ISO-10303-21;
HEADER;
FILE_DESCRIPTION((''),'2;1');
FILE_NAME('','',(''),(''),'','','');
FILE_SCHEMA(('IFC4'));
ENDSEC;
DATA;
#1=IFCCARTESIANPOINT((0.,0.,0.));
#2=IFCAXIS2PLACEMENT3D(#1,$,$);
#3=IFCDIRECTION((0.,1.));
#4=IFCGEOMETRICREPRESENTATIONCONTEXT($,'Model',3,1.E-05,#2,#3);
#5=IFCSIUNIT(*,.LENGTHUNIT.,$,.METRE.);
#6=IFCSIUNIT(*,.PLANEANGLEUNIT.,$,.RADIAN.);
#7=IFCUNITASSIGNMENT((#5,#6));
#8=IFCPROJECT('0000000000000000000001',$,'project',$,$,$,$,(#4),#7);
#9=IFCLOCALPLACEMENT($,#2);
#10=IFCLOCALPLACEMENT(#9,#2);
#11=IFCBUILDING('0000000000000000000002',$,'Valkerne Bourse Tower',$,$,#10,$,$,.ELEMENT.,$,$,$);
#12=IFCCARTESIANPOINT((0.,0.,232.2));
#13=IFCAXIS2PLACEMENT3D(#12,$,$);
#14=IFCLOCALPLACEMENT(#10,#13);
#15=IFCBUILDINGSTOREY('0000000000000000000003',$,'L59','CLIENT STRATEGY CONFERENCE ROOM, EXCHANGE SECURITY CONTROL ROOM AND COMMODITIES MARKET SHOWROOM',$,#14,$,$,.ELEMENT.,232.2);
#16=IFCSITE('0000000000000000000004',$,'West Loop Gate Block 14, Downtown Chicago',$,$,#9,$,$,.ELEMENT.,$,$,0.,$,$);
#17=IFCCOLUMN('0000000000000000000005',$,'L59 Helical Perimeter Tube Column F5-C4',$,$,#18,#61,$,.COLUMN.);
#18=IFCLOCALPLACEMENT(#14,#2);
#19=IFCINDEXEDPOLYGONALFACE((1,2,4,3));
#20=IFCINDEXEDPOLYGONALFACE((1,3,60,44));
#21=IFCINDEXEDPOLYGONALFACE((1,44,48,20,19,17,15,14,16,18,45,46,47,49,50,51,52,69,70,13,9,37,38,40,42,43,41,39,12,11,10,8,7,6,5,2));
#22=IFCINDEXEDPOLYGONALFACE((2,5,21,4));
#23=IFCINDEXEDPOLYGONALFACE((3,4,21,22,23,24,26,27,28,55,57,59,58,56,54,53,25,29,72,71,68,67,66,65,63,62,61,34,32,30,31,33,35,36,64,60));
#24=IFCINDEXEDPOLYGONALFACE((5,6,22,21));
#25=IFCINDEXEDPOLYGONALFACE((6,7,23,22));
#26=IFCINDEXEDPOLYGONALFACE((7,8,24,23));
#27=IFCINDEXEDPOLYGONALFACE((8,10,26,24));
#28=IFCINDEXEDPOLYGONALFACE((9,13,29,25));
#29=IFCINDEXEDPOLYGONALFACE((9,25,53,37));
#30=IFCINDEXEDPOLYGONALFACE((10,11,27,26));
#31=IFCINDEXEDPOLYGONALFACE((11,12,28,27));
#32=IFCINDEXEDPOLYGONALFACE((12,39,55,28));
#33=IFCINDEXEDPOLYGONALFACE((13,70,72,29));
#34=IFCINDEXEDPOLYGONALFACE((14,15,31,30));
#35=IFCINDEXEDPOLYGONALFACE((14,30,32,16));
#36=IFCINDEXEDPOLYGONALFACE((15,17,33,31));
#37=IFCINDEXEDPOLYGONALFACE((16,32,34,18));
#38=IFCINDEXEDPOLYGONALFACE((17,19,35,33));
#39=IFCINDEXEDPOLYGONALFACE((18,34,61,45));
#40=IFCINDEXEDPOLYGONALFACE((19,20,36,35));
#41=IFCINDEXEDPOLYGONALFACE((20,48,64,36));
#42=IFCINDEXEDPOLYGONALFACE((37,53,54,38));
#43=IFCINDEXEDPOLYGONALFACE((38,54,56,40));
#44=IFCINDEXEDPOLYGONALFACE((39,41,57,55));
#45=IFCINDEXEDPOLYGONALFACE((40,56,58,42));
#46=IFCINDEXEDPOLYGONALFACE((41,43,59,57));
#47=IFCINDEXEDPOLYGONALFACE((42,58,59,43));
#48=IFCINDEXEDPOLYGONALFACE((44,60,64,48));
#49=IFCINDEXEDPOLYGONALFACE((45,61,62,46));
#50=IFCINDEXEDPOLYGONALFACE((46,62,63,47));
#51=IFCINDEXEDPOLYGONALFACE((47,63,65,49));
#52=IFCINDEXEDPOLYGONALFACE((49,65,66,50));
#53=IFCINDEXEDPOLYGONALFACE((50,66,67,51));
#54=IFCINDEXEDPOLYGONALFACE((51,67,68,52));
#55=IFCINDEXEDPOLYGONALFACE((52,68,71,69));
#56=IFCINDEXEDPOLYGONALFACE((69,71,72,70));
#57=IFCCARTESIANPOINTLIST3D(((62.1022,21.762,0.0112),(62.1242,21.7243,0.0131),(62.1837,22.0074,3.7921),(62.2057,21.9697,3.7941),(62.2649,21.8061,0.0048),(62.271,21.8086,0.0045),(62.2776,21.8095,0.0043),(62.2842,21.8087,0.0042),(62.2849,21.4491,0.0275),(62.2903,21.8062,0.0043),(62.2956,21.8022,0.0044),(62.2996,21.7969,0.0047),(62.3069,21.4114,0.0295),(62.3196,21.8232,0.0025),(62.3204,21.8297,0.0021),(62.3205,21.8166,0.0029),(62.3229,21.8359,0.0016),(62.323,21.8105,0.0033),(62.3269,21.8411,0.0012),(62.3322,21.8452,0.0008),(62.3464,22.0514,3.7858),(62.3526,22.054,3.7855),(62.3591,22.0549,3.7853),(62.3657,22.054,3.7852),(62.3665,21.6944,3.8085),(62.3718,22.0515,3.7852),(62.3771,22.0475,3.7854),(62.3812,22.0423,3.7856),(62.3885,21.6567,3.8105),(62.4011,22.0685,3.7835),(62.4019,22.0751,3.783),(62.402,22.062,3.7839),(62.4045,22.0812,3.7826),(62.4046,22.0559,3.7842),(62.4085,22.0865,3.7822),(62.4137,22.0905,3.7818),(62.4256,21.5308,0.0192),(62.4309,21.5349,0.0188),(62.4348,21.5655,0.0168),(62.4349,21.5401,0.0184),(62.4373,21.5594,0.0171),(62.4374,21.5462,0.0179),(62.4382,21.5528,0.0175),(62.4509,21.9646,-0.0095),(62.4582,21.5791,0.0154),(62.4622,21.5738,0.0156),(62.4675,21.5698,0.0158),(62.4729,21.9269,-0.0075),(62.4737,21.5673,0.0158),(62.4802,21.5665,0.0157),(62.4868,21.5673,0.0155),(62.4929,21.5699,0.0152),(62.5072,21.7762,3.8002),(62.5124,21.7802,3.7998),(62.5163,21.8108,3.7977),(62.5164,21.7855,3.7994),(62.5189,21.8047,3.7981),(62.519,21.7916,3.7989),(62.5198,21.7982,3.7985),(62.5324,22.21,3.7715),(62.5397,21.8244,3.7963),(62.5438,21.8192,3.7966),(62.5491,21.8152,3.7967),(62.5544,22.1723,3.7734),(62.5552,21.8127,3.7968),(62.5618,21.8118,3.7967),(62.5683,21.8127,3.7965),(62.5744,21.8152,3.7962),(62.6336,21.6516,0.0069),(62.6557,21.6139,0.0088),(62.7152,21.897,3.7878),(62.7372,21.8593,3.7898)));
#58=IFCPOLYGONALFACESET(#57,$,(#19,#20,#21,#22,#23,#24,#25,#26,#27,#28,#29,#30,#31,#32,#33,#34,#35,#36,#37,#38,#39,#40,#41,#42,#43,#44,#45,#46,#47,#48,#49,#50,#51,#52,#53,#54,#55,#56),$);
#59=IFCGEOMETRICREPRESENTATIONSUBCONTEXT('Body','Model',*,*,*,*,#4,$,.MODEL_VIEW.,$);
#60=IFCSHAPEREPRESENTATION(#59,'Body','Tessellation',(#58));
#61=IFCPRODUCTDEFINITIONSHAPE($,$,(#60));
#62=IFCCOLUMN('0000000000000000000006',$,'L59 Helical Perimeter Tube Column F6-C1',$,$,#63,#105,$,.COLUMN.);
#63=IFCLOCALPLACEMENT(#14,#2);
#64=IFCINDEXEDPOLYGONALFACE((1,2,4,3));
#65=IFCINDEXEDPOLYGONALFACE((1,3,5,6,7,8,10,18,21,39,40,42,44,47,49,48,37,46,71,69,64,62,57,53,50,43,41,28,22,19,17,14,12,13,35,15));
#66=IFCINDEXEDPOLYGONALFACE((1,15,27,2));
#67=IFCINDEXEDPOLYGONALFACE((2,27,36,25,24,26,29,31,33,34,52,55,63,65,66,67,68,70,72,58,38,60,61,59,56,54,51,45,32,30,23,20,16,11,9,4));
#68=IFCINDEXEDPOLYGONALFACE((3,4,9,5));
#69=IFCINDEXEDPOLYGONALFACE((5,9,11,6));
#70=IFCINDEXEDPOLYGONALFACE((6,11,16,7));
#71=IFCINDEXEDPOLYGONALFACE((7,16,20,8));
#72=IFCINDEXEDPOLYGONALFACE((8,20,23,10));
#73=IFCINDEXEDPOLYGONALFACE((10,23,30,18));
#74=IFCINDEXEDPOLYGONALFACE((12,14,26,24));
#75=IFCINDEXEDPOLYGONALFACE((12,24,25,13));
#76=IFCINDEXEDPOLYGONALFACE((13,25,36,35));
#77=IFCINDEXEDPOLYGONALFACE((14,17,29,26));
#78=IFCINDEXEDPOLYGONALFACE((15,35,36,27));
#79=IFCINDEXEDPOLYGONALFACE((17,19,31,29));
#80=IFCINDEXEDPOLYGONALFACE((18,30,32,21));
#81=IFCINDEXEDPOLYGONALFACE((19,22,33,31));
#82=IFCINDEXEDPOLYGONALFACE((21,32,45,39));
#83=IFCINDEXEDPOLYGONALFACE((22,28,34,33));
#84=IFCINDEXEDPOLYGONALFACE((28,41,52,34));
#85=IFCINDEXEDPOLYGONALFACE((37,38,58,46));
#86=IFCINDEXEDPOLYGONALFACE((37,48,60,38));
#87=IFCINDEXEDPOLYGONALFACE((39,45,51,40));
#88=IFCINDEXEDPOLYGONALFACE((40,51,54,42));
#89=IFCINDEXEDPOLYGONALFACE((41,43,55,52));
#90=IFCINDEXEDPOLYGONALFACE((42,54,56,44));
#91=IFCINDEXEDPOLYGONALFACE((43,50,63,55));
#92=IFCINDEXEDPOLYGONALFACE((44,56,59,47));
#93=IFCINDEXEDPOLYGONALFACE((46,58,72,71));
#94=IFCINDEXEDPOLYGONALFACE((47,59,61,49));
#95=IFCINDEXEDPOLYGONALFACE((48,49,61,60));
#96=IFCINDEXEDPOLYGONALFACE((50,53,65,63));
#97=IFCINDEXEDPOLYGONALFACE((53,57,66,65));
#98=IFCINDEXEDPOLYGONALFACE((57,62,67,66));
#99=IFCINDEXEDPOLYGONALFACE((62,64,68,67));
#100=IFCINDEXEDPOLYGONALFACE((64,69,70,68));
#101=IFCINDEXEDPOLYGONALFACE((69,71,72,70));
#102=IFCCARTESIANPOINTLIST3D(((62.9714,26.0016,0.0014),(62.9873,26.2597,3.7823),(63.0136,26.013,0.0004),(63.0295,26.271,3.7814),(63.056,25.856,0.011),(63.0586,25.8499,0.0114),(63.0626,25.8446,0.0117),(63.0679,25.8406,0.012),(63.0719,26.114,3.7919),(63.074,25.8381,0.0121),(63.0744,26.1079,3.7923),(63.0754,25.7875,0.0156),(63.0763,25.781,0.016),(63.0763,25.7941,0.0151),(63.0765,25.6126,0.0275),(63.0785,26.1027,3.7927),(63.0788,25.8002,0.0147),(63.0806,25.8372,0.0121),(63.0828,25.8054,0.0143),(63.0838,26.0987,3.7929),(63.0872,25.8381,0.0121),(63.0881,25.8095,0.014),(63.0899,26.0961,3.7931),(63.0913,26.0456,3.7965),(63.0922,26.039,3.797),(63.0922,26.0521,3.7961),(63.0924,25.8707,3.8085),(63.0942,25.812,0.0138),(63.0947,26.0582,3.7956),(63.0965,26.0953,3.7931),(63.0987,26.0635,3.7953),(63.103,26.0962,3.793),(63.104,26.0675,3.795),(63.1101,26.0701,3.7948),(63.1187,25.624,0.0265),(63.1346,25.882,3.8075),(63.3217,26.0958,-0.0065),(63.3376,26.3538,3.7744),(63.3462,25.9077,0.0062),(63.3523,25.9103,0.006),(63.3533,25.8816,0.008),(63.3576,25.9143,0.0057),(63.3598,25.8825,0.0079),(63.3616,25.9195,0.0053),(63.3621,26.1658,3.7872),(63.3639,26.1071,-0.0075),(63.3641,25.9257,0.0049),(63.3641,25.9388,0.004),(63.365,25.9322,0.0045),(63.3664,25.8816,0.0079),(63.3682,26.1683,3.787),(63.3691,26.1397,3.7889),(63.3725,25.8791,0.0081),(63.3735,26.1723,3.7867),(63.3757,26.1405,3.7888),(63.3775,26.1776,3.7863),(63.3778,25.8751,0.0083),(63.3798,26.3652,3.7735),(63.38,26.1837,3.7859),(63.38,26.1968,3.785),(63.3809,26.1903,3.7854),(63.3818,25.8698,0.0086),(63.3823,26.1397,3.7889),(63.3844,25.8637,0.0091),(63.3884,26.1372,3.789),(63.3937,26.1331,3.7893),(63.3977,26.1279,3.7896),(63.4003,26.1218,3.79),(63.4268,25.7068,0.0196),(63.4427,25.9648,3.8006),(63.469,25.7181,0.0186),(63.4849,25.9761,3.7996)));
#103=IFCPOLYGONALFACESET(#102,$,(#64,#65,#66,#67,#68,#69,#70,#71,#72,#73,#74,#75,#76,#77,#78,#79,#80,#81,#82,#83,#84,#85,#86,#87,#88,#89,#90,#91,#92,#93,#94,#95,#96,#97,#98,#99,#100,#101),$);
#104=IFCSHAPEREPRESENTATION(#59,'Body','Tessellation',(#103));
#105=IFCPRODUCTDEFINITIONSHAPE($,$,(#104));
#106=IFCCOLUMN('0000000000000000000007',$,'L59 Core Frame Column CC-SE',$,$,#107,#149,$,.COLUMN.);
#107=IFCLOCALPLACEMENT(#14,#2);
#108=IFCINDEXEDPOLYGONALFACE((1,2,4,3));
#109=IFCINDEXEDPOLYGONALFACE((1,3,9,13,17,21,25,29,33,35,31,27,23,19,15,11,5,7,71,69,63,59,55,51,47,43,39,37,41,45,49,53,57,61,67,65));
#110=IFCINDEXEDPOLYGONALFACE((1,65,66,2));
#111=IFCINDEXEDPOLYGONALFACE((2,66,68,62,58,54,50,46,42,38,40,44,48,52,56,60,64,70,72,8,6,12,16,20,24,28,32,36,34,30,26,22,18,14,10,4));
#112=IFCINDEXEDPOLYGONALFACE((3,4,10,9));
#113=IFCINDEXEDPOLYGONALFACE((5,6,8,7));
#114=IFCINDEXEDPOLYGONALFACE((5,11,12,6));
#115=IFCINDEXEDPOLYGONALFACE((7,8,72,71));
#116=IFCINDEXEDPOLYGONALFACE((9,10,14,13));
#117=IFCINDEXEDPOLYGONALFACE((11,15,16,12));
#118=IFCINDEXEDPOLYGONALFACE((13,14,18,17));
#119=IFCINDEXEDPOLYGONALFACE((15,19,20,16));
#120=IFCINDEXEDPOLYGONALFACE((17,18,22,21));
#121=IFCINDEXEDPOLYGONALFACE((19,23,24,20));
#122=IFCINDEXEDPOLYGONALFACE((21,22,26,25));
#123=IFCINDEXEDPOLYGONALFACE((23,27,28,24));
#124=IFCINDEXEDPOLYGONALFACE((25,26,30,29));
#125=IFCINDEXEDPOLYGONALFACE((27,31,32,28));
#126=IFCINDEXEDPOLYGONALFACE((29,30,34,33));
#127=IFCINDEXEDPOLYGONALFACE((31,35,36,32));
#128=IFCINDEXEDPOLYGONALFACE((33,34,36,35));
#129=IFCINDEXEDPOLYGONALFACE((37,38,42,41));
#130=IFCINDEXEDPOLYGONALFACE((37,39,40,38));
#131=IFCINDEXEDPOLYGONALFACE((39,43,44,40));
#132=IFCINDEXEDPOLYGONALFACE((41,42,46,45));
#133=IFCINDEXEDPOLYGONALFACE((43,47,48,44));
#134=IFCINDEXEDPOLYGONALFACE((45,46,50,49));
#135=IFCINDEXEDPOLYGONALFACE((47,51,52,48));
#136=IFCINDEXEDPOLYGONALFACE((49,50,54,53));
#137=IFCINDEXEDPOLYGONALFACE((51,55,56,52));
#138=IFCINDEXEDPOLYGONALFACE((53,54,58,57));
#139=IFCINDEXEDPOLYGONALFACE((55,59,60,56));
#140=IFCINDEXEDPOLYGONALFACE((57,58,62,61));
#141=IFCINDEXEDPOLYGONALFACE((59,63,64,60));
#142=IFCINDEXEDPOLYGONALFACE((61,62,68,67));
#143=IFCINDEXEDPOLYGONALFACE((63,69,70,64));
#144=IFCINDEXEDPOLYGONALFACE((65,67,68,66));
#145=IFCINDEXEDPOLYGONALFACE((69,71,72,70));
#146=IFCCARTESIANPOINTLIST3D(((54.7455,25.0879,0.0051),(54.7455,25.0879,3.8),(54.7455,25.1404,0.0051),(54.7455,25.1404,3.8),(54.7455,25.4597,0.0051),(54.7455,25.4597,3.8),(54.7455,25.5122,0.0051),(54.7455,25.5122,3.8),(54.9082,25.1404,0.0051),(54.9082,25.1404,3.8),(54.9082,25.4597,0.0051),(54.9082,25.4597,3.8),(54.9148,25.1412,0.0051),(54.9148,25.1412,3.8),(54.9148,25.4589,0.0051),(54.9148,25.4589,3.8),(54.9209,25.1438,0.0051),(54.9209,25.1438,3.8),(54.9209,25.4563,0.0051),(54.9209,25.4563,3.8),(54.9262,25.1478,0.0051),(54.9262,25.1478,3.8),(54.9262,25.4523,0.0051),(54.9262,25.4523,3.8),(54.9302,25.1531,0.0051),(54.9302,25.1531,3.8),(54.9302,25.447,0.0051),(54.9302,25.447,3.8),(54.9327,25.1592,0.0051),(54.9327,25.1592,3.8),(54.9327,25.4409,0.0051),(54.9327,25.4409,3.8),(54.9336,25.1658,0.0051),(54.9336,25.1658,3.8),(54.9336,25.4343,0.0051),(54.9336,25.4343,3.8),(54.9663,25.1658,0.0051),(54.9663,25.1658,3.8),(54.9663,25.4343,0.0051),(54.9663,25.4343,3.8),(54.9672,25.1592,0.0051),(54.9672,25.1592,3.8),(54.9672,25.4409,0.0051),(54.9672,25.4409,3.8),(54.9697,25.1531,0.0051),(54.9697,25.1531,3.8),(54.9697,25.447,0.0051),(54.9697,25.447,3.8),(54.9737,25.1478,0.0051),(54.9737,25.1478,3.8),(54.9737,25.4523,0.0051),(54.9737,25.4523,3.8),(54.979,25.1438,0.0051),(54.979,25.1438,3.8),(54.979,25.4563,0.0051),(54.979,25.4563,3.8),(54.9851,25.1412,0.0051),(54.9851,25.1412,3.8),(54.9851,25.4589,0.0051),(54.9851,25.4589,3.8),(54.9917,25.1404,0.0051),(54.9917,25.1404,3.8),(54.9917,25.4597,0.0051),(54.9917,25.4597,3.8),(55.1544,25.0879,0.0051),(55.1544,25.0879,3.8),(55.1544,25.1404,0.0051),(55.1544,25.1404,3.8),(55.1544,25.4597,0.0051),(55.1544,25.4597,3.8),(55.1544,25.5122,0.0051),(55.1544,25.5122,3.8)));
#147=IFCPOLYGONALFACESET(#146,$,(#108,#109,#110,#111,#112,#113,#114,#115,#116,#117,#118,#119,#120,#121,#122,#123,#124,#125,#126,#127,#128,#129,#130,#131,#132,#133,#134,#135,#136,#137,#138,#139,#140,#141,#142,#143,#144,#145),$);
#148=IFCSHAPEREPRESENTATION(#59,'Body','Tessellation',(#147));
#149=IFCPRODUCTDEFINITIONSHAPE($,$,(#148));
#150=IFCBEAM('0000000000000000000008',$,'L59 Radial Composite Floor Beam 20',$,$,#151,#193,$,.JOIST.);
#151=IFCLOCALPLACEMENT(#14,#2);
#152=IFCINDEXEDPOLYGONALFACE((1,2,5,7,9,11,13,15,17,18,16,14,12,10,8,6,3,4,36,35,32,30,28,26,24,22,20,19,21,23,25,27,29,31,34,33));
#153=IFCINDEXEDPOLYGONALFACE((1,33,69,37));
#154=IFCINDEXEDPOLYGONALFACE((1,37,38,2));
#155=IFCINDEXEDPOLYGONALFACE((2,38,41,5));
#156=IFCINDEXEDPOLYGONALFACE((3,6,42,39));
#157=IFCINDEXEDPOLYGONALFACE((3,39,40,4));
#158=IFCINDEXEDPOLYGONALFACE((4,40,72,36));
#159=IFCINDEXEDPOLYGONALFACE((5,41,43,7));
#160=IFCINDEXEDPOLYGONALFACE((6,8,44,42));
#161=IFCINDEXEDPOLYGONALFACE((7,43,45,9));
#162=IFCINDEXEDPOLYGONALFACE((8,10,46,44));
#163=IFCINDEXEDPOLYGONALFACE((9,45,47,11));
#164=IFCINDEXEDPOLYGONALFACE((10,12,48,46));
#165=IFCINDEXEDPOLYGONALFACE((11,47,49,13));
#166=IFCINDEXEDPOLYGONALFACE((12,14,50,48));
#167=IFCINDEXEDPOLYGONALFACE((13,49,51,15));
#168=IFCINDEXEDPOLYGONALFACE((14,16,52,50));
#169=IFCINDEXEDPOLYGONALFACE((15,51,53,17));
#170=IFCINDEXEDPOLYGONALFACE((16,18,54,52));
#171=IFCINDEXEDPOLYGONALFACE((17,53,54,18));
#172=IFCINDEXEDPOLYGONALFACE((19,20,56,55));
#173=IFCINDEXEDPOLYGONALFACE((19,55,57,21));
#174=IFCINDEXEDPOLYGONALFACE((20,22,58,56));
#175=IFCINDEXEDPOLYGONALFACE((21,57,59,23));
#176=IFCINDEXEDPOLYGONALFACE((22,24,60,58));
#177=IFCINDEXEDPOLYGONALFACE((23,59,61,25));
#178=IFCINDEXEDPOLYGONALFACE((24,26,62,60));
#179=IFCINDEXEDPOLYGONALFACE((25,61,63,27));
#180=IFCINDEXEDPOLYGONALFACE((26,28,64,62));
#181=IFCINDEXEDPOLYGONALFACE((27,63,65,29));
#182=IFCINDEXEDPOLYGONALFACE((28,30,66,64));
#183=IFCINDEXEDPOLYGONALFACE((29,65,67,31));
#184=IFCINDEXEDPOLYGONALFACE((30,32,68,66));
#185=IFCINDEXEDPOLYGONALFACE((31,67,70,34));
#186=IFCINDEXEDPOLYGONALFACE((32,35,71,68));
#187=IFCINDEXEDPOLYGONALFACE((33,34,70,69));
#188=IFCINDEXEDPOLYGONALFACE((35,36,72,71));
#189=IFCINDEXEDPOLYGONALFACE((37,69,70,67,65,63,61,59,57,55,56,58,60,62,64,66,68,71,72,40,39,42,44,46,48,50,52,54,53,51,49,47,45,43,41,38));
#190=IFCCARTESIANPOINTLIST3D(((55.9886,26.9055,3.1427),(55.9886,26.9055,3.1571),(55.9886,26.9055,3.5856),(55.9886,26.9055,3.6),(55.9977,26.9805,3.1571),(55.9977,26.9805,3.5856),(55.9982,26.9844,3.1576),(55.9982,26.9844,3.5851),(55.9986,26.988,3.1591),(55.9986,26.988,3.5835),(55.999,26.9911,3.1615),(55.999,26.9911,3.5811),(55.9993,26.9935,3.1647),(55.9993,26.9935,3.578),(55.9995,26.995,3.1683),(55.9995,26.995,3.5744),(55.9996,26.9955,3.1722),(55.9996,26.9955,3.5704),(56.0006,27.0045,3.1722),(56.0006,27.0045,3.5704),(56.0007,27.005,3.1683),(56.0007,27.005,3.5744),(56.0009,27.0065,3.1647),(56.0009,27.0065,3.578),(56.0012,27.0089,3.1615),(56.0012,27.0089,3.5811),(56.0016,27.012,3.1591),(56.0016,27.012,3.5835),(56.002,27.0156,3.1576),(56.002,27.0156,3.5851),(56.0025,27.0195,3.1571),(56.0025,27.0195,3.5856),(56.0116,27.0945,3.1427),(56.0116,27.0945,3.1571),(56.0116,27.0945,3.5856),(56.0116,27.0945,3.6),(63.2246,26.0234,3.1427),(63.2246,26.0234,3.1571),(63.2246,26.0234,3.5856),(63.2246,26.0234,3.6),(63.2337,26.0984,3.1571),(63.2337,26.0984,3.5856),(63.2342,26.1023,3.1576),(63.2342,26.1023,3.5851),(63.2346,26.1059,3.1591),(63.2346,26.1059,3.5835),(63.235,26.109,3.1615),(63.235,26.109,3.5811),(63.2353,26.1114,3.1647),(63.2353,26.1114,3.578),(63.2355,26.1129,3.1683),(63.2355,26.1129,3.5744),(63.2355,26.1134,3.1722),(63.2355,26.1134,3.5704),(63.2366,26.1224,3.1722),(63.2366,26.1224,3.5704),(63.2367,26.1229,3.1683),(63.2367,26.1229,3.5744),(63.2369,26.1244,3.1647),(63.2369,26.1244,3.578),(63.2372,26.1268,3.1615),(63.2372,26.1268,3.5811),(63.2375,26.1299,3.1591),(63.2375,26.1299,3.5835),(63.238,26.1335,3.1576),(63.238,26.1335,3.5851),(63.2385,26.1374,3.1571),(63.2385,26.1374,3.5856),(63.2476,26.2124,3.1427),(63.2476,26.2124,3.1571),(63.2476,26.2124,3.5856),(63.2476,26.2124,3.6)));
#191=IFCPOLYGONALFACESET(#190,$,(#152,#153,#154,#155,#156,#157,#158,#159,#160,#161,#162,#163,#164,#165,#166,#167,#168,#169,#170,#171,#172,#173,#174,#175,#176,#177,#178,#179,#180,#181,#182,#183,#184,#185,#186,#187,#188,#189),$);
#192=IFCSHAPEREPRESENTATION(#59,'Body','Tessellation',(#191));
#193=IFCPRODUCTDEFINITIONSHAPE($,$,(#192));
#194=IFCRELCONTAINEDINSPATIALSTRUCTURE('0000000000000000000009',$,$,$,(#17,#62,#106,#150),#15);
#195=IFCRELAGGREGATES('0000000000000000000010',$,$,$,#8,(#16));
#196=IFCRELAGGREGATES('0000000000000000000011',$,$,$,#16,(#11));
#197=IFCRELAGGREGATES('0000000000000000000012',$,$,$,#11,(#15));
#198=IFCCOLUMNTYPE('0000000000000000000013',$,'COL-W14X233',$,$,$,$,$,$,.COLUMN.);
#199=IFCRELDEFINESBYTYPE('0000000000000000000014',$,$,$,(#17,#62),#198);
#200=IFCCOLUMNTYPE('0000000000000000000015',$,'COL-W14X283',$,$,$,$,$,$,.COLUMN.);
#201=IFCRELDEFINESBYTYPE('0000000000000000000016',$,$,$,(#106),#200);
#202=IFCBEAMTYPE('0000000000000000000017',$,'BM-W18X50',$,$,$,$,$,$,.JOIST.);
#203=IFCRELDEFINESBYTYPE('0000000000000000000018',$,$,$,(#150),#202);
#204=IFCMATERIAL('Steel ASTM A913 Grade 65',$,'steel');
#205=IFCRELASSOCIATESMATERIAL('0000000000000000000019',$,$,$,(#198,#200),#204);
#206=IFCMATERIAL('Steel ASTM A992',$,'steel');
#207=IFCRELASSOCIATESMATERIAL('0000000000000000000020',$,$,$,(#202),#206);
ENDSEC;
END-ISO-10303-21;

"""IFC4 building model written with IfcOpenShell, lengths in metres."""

from ifc_helpers import new_model, si_unit, direction, frame, origin, origin_2d, place, context, subcontext, project, spatial, i_section, extrude, material, material_profile, profile_set, type_object, element, save


model = new_model("IFC4")

# Units and contexts
model_context = context("Model", 3, precision=1e-05, world=origin(), true_north=direction((0.0, 1.0)))
body_context = subcontext(model_context, "Body", "Model", "MODEL_VIEW")
ifc_project = project(units=[si_unit("LENGTHUNIT", "METRE"), si_unit("PLANEANGLEUNIT", "RADIAN")], contexts=[model_context])

# Site, building, storey
site_placement = place(None, origin())
site = spatial("IfcSite", under=ifc_project, at=site_placement, Name="West Loop Gate Block 14, Downtown Chicago", CompositionType="ELEMENT", RefElevation=0.0)
building_placement = place(site_placement, origin())
building = spatial("IfcBuilding", under=site, at=building_placement, Name="Valkerne Bourse Tower", CompositionType="ELEMENT")
storey_placement = place(building_placement, frame((0.0, 0.0, 232.2)))
storey = spatial("IfcBuildingStorey", under=building, at=storey_placement, Name="L59", Description="CLIENT STRATEGY CONFERENCE ROOM, EXCHANGE SECURITY CONTROL ROOM AND COMMODITIES MARKET SHOWROOM", CompositionType="ELEMENT", Elevation=232.2)

# Columns
ifc_material_1 = material(Name="Steel ASTM A913 Grade 65", Category="steel")
ifc_material_profile_1 = material_profile(ifc_material_1, i_section(OverallWidth=0.4038, OverallDepth=0.4065, WebThickness=0.0271, FlangeThickness=0.0437, FilletRadius=0.0254, at=origin_2d()), Name="W14X233")
ifc_profile_set_1 = profile_set([ifc_material_profile_1], Name="Steel ASTM A913 Grade 65")
column_type_1 = type_object("IfcColumnType", Name="COL-W14X233", PredefinedType="COLUMN", material=ifc_profile_set_1)
for number, where, z_axis, x_axis, name in (
    (1, (62.3789, 21.688, 0.01), (0.021516, 0.064742, 0.99767), (-0.86358, -0.501608, 0.051175), "L59 Helical Perimeter Tube Column F5-C4"),
    (2, (63.2202, 25.8599, 0.01), (0.004187, 0.068092, 0.99767), (0.260321, -0.963355, 0.064657), "L59 Helical Perimeter Tube Column F6-C1"),
):
    element("IfcColumn", number, at=place(storey_placement, frame(where, z_axis=z_axis, x_axis=x_axis)), inside=storey, type_object=column_type_1, Name=name, PredefinedType="COLUMN", context=body_context, shape_type="SweptSolid", body=[
        extrude(i_section(OverallWidth=0.4038, OverallDepth=0.4065, WebThickness=0.0271, FlangeThickness=0.0437, FilletRadius=0.0254, at=origin_2d()), origin(), (0.0, 0.0, 1.0), 3.7898),
    ])
ifc_material_profile_2 = material_profile(ifc_material_1, i_section(OverallWidth=0.4089, OverallDepth=0.4243, WebThickness=0.0327, FlangeThickness=0.0525, FilletRadius=0.0254, at=origin_2d()), Name="W14X283")
ifc_profile_set_2 = profile_set([ifc_material_profile_2], Name="Steel ASTM A913 Grade 65")
column_type_2 = type_object("IfcColumnType", Name="COL-W14X283", PredefinedType="COLUMN", material=ifc_profile_set_2)
column_placement = place(storey_placement, frame((54.95, 25.3, 0.0051), z_axis=(0.0, 0.0, 1.0), x_axis=(1.0, 0.0, 0.0)))
element("IfcColumn", 3, at=column_placement, inside=storey, type_object=column_type_2, Name="L59 Core Frame Column CC-SE", PredefinedType="COLUMN", context=body_context, shape_type="SweptSolid", body=[
    extrude(i_section(OverallWidth=0.4089, OverallDepth=0.4243, WebThickness=0.0327, FlangeThickness=0.0525, FilletRadius=0.0254, at=origin_2d()), origin(), (0.0, 0.0, 1.0), 3.7949),
])

# Beam
ifc_material_2 = material(Name="Steel ASTM A992", Category="steel")
ifc_material_profile_3 = material_profile(ifc_material_2, i_section(OverallWidth=0.1904, OverallDepth=0.4573, WebThickness=0.009, FlangeThickness=0.0144, FilletRadius=0.0151, at=origin_2d()), Name="W18X50")
ifc_profile_set_3 = profile_set([ifc_material_profile_3], Name="Steel ASTM A992")
beam_type_1 = type_object("IfcBeamType", Name="BM-W18X50", PredefinedType="JOIST", material=ifc_profile_set_3)
beam_1_placement = place(storey_placement, frame((63.2361, 26.1179, 3.3713), z_axis=(-0.992652, 0.121004, 0.0), x_axis=(-0.121004, -0.992652, 0.0)))
element("IfcBeam", 4, at=beam_1_placement, inside=storey, type_object=beam_type_1, Name="L59 Radial Composite Floor Beam 20", PredefinedType="JOIST", context=body_context, shape_type="SweptSolid", body=[
    extrude(i_section(OverallWidth=0.1904, OverallDepth=0.4573, WebThickness=0.009, FlangeThickness=0.0144, FilletRadius=0.0151, at=origin_2d()), origin(), (0.0, 0.0, 1.0), 7.2896),
])

save(model, "model.ifc")
